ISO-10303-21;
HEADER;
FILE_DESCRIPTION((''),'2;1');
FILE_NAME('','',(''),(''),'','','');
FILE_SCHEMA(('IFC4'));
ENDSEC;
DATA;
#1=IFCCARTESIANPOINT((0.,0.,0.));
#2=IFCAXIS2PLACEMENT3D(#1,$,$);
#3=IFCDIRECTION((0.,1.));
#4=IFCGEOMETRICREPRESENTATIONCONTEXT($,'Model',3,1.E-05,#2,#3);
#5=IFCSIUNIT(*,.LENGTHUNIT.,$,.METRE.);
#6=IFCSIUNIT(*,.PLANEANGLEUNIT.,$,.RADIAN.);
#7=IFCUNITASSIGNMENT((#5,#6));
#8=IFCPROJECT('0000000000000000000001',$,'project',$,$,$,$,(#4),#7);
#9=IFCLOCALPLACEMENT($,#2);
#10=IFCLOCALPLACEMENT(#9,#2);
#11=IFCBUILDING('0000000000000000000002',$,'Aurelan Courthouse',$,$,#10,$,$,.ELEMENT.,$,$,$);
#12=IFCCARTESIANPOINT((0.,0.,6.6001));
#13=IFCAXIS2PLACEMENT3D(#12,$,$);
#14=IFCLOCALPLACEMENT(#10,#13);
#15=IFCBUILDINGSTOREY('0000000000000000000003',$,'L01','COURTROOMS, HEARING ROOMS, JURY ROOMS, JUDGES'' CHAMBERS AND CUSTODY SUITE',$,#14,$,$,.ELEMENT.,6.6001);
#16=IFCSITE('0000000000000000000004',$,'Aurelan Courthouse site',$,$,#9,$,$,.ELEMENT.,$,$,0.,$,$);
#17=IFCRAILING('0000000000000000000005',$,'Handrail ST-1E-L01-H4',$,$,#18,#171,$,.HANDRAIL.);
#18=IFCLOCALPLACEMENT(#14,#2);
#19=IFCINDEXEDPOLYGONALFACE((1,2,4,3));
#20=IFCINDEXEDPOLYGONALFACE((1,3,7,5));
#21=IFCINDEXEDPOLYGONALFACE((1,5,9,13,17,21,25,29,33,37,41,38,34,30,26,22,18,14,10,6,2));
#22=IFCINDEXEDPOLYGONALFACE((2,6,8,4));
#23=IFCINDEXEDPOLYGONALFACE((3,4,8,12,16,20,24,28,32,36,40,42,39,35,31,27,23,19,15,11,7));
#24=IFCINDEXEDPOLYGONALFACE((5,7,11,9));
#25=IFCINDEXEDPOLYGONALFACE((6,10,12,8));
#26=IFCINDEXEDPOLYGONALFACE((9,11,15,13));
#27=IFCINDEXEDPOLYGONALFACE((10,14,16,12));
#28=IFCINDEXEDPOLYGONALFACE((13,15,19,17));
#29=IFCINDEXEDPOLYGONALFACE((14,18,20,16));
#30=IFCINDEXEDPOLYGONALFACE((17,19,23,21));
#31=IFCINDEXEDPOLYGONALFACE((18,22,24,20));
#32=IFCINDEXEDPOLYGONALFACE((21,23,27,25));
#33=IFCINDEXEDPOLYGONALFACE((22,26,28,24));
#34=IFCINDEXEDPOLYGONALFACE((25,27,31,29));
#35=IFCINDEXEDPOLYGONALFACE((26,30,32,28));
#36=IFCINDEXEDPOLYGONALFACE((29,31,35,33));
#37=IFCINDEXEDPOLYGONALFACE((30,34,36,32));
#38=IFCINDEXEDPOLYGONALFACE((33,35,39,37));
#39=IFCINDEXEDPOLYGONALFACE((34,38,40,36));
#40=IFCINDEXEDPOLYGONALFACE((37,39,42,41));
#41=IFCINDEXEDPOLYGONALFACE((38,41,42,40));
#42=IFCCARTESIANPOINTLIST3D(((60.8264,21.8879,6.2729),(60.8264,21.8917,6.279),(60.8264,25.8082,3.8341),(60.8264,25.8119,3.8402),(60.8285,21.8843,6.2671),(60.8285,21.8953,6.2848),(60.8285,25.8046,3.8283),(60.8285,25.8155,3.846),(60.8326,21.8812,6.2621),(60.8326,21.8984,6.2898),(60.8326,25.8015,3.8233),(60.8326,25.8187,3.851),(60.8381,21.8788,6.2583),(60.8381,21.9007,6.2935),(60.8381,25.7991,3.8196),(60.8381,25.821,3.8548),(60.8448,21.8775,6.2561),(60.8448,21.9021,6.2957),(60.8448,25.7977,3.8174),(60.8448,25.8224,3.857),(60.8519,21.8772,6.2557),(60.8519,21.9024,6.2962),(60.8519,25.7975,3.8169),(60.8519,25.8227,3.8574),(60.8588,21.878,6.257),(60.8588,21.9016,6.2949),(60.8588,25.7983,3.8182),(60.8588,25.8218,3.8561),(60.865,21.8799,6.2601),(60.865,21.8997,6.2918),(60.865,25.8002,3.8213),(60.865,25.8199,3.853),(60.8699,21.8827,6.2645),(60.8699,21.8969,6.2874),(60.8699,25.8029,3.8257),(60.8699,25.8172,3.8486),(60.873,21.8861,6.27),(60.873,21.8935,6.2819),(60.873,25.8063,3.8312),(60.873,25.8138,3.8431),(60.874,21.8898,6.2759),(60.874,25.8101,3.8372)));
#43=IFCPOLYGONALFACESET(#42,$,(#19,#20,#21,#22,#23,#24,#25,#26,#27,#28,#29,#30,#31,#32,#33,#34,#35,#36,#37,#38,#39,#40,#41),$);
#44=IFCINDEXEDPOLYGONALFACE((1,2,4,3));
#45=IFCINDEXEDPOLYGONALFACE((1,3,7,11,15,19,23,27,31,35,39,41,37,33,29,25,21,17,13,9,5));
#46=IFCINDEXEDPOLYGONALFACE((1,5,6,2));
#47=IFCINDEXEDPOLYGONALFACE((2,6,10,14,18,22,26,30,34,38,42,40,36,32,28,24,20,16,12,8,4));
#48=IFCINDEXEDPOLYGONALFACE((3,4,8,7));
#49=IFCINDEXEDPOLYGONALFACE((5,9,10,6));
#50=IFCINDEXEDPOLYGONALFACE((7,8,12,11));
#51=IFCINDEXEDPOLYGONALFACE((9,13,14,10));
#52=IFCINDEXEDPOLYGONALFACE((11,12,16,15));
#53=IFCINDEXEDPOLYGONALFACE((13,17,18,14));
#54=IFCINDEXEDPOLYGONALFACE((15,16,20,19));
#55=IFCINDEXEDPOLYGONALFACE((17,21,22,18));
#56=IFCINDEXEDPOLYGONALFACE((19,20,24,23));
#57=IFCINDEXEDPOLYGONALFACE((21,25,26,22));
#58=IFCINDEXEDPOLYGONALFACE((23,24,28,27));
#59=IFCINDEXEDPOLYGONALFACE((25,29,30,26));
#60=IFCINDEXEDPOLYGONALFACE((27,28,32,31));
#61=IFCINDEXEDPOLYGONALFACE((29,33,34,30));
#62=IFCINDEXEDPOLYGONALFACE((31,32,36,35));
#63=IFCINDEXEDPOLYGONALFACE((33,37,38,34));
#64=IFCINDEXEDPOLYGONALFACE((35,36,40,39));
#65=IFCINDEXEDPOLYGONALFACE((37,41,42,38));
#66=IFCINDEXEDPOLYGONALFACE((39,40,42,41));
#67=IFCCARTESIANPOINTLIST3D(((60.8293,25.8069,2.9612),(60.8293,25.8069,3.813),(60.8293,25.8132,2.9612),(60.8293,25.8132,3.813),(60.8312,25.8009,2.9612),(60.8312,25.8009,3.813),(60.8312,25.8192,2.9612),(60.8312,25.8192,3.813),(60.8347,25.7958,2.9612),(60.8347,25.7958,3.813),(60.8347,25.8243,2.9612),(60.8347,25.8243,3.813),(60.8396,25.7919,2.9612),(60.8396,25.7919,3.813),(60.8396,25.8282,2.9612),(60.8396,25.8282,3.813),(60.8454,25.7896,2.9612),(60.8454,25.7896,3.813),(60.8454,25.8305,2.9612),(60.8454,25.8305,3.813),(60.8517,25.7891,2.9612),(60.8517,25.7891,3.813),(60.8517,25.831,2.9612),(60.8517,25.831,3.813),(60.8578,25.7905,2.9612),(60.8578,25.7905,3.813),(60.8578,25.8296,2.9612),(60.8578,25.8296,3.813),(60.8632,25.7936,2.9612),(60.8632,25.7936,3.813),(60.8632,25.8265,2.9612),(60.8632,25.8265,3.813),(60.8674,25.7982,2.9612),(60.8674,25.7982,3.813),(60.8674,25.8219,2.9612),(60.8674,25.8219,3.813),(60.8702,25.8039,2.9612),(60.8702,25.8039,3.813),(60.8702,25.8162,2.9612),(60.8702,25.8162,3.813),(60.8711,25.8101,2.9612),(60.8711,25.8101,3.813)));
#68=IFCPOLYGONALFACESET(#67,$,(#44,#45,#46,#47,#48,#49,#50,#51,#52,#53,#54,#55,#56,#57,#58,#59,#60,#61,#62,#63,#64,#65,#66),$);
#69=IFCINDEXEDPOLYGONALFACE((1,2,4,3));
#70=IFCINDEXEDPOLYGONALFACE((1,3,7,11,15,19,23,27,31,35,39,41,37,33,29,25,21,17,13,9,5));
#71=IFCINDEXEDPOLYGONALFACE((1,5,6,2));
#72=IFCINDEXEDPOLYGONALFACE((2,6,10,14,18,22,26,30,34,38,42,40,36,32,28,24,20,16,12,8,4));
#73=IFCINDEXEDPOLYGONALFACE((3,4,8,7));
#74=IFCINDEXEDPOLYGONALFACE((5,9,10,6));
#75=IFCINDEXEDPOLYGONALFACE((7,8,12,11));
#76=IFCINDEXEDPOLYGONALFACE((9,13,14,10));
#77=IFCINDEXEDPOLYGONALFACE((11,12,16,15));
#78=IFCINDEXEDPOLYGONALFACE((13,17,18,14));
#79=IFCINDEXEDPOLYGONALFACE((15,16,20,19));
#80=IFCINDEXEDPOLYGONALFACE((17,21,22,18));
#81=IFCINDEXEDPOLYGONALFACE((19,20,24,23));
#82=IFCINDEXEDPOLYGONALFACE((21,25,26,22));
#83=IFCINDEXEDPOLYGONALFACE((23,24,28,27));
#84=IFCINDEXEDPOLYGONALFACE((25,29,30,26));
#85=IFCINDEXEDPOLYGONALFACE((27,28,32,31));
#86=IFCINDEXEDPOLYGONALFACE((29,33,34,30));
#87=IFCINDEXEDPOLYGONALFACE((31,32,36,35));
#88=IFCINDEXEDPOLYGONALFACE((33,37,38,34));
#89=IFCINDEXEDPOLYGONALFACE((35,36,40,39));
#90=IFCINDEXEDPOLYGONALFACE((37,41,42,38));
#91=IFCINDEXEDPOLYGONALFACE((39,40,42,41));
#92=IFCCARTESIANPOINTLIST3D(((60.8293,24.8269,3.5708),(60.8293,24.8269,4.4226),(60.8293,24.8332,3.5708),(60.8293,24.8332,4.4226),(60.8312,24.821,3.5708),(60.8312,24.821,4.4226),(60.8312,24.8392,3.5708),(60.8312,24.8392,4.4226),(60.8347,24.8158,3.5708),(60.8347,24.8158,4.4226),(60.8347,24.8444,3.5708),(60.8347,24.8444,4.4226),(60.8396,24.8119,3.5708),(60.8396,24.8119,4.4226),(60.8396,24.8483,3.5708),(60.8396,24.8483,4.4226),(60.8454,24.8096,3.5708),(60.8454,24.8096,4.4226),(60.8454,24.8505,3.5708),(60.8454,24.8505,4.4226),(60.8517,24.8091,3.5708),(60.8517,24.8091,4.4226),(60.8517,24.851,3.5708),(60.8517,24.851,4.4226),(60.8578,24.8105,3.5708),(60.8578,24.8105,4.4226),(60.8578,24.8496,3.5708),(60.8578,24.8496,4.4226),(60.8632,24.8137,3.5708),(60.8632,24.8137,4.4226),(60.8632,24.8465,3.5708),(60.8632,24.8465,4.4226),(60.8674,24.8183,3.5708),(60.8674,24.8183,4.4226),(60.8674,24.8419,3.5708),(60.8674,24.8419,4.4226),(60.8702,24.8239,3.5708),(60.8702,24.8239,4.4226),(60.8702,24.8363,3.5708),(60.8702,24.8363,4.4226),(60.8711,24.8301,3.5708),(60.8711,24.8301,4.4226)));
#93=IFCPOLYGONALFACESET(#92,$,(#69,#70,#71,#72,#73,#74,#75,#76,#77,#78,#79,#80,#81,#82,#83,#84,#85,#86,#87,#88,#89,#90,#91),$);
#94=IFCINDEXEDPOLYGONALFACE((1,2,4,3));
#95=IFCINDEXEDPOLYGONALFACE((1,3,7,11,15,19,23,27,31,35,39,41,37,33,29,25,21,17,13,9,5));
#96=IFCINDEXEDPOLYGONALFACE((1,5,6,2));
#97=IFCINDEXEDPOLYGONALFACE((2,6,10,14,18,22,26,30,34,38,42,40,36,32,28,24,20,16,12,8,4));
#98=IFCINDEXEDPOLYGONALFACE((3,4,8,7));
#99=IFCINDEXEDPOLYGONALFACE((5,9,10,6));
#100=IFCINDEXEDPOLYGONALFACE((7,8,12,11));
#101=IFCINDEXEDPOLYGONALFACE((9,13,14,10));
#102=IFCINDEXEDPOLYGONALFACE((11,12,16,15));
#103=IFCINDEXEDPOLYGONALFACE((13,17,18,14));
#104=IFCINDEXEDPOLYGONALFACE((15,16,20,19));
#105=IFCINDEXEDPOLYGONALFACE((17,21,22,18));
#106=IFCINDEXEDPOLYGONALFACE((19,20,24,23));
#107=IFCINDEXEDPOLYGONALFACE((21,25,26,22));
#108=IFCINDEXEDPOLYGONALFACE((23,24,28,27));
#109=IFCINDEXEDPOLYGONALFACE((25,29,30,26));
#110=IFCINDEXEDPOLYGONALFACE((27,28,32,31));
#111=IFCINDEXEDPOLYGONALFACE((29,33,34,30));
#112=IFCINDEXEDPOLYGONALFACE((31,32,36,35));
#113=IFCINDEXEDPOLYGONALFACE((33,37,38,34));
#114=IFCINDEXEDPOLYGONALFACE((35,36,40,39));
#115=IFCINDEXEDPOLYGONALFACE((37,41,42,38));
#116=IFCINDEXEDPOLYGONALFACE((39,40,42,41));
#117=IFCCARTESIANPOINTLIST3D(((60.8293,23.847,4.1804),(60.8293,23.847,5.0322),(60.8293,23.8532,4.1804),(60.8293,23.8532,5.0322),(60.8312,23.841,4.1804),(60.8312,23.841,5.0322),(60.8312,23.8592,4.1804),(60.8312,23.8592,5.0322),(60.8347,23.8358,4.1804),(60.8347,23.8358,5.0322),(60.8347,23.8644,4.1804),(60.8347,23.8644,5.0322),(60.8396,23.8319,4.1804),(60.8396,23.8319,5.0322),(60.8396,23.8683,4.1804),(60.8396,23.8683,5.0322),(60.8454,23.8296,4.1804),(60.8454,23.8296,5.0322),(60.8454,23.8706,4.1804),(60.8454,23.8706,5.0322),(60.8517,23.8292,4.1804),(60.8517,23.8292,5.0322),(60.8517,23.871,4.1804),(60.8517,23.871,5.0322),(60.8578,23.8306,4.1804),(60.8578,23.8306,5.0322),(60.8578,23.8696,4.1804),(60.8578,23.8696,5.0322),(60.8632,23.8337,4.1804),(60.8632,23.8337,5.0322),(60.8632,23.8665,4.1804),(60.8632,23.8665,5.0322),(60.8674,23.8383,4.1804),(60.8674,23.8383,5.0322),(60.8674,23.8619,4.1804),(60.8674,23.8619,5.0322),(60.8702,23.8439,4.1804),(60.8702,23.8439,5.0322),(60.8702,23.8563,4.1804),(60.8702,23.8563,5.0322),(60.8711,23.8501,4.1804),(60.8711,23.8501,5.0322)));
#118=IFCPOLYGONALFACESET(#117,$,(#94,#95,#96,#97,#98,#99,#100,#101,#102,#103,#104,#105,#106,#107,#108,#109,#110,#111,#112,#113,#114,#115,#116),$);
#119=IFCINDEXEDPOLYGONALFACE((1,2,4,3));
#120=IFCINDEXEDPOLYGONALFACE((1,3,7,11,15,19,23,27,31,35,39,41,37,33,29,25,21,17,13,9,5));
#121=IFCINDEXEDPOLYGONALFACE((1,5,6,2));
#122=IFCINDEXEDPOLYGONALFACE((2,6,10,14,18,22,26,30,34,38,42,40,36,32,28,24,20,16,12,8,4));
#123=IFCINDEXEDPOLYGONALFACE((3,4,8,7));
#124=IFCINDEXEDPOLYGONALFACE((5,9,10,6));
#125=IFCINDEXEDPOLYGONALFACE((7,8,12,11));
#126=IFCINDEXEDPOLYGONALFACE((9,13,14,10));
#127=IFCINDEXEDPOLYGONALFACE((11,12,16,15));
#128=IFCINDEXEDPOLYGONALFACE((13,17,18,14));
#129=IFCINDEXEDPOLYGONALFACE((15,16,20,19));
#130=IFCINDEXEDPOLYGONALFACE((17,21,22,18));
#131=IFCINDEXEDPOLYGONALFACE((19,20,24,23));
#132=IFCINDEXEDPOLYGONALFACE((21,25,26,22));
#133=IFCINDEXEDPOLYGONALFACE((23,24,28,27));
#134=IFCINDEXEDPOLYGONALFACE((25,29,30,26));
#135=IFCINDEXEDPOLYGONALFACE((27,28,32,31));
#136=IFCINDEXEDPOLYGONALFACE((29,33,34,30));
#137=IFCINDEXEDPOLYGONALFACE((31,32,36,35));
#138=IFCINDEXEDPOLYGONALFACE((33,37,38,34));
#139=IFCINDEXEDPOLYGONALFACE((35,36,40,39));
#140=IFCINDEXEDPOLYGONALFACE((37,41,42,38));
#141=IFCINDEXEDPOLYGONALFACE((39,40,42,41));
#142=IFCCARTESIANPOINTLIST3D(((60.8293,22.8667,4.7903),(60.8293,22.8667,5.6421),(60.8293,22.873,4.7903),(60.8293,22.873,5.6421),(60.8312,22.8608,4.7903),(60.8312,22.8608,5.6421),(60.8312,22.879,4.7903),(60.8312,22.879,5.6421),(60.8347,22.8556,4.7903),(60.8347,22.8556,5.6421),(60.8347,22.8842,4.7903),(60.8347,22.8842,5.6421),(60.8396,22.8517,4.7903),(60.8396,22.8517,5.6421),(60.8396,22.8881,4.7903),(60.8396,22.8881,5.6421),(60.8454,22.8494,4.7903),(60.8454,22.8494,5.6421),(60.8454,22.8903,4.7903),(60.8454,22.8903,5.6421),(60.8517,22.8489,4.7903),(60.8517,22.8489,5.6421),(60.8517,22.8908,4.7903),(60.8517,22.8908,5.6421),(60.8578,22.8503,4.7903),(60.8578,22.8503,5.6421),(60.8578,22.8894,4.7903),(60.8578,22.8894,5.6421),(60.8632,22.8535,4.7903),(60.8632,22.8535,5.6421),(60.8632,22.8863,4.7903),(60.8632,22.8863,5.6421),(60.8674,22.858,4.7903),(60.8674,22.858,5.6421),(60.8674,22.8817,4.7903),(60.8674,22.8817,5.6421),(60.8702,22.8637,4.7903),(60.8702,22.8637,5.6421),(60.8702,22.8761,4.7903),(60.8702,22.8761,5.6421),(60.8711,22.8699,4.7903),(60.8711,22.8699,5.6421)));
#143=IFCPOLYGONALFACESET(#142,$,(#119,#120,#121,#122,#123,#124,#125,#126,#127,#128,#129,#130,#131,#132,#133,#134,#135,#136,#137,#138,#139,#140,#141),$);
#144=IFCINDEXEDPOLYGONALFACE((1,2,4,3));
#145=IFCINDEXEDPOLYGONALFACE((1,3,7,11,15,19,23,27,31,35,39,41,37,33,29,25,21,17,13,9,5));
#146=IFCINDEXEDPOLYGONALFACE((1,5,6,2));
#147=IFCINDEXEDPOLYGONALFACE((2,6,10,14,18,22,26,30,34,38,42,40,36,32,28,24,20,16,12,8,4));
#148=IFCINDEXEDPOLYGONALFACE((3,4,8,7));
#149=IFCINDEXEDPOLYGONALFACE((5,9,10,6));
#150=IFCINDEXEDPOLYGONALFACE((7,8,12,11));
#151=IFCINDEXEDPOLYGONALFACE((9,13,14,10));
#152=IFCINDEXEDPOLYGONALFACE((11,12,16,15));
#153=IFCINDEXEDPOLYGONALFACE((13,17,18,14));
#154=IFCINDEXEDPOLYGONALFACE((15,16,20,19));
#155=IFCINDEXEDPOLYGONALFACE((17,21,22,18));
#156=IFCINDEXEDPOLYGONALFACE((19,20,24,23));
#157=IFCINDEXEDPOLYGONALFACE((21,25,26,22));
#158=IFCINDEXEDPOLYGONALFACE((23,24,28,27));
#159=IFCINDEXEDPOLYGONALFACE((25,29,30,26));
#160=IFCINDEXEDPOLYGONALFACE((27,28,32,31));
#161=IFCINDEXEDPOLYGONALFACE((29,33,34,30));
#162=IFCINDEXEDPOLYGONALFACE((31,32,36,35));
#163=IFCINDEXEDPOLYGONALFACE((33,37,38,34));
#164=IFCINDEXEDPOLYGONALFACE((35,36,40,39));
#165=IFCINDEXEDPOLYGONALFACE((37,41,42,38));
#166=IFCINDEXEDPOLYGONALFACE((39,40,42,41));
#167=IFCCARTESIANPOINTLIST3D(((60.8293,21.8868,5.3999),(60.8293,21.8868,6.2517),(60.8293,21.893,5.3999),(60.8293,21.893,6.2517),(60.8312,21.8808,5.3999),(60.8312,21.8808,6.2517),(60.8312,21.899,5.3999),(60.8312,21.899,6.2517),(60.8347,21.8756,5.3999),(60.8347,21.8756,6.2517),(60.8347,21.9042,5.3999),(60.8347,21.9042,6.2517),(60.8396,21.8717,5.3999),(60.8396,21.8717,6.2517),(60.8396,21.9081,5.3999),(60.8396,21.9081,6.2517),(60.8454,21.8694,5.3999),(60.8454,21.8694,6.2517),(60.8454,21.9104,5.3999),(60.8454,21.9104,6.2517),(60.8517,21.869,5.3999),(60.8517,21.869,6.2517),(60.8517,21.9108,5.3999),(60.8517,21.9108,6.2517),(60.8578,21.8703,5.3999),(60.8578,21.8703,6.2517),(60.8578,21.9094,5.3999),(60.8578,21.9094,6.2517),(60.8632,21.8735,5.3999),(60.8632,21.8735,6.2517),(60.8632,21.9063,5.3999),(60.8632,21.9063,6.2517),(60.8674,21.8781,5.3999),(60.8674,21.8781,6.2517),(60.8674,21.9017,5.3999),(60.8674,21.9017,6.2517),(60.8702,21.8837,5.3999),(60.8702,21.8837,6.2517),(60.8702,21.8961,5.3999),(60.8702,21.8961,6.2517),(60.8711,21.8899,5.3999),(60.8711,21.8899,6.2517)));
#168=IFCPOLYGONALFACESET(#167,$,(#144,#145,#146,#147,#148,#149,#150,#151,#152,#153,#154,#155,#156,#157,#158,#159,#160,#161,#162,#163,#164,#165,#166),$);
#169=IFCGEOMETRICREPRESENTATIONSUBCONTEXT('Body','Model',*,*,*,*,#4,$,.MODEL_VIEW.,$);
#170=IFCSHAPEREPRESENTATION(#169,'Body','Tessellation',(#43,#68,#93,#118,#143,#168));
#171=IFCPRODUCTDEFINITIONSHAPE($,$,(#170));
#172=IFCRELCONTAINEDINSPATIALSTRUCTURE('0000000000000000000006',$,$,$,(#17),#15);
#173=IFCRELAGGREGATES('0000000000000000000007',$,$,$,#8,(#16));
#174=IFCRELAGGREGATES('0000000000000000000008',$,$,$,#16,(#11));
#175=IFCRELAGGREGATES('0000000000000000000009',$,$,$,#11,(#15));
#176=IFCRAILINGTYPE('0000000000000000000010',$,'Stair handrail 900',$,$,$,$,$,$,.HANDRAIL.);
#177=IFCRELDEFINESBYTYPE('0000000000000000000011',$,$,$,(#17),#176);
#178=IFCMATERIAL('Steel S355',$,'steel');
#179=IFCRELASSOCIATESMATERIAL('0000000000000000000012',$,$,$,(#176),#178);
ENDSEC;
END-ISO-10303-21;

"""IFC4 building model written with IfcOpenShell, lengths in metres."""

from ifc_helpers import new_model, si_unit, direction, frame, origin, origin_2d, place, context, subcontext, project, spatial, circle, extrude, material, type_object, element, save


model = new_model("IFC4")

# Units and contexts
model_context = context("Model", 3, precision=1e-05, world=origin(), true_north=direction((0.0, 1.0)))
body_context = subcontext(model_context, "Body", "Model", "MODEL_VIEW")
ifc_project = project(units=[si_unit("LENGTHUNIT", "METRE"), si_unit("PLANEANGLEUNIT", "RADIAN")], contexts=[model_context])

# Site, building, storey
site_placement = place(None, origin())
site = spatial("IfcSite", under=ifc_project, at=site_placement, Name="Aurelan Courthouse site", CompositionType="ELEMENT", RefElevation=0.0)
building_placement = place(site_placement, origin())
building = spatial("IfcBuilding", under=site, at=building_placement, Name="Aurelan Courthouse", CompositionType="ELEMENT")
storey_placement = place(building_placement, frame((0.0, 0.0, 6.6001)))
storey = spatial("IfcBuildingStorey", under=building, at=storey_placement, Name="L01", Description="COURTROOMS, HEARING ROOMS, JURY ROOMS, JUDGES' CHAMBERS AND CUSTODY SUITE", CompositionType="ELEMENT", Elevation=6.6001)

# Railing
ifc_material_1 = material(Name="Steel S355", Category="steel")
railing_type_1 = type_object("IfcRailingType", Name="Stair handrail 900", PredefinedType="HANDRAIL", material=ifc_material_1)
for number, where, name in (
    (1, (60.8501, 25.8101, 2.9612), "Handrail ST-1E-L01-H4"),
):
    element("IfcRailing", number, at=place(storey_placement, frame(where)), inside=storey, type_object=railing_type_1, Name=name, PredefinedType="HANDRAIL", context=body_context, shape_type="SweptSolid", body=[
        extrude(circle(Radius=0.0239, at=origin_2d()), frame((0.0, 0.0, 0.876), z_axis=(0.0, -0.849105, 0.528225), x_axis=(1.0, 0.0, 0.0)), (0.0, 0.0, 1.0), 4.6169),
        extrude(circle(Radius=0.021, at=origin_2d()), origin(), (0.0, 0.0, 1.0), 0.8518),
        extrude(circle(Radius=0.021, at=origin_2d()), frame((0.0, -0.98, 0.6096)), (0.0, 0.0, 1.0), 0.8518),
        extrude(circle(Radius=0.021, at=origin_2d()), frame((0.0, -1.96, 1.2192)), (0.0, 0.0, 1.0), 0.8518),
        extrude(circle(Radius=0.021, at=origin_2d()), frame((0.0, -2.9402, 1.8291)), (0.0, 0.0, 1.0), 0.8518),
        extrude(circle(Radius=0.021, at=origin_2d()), frame((0.0, -3.9202, 2.4387)), (0.0, 0.0, 1.0), 0.8518),
    ])

save(model, "model.ifc")
